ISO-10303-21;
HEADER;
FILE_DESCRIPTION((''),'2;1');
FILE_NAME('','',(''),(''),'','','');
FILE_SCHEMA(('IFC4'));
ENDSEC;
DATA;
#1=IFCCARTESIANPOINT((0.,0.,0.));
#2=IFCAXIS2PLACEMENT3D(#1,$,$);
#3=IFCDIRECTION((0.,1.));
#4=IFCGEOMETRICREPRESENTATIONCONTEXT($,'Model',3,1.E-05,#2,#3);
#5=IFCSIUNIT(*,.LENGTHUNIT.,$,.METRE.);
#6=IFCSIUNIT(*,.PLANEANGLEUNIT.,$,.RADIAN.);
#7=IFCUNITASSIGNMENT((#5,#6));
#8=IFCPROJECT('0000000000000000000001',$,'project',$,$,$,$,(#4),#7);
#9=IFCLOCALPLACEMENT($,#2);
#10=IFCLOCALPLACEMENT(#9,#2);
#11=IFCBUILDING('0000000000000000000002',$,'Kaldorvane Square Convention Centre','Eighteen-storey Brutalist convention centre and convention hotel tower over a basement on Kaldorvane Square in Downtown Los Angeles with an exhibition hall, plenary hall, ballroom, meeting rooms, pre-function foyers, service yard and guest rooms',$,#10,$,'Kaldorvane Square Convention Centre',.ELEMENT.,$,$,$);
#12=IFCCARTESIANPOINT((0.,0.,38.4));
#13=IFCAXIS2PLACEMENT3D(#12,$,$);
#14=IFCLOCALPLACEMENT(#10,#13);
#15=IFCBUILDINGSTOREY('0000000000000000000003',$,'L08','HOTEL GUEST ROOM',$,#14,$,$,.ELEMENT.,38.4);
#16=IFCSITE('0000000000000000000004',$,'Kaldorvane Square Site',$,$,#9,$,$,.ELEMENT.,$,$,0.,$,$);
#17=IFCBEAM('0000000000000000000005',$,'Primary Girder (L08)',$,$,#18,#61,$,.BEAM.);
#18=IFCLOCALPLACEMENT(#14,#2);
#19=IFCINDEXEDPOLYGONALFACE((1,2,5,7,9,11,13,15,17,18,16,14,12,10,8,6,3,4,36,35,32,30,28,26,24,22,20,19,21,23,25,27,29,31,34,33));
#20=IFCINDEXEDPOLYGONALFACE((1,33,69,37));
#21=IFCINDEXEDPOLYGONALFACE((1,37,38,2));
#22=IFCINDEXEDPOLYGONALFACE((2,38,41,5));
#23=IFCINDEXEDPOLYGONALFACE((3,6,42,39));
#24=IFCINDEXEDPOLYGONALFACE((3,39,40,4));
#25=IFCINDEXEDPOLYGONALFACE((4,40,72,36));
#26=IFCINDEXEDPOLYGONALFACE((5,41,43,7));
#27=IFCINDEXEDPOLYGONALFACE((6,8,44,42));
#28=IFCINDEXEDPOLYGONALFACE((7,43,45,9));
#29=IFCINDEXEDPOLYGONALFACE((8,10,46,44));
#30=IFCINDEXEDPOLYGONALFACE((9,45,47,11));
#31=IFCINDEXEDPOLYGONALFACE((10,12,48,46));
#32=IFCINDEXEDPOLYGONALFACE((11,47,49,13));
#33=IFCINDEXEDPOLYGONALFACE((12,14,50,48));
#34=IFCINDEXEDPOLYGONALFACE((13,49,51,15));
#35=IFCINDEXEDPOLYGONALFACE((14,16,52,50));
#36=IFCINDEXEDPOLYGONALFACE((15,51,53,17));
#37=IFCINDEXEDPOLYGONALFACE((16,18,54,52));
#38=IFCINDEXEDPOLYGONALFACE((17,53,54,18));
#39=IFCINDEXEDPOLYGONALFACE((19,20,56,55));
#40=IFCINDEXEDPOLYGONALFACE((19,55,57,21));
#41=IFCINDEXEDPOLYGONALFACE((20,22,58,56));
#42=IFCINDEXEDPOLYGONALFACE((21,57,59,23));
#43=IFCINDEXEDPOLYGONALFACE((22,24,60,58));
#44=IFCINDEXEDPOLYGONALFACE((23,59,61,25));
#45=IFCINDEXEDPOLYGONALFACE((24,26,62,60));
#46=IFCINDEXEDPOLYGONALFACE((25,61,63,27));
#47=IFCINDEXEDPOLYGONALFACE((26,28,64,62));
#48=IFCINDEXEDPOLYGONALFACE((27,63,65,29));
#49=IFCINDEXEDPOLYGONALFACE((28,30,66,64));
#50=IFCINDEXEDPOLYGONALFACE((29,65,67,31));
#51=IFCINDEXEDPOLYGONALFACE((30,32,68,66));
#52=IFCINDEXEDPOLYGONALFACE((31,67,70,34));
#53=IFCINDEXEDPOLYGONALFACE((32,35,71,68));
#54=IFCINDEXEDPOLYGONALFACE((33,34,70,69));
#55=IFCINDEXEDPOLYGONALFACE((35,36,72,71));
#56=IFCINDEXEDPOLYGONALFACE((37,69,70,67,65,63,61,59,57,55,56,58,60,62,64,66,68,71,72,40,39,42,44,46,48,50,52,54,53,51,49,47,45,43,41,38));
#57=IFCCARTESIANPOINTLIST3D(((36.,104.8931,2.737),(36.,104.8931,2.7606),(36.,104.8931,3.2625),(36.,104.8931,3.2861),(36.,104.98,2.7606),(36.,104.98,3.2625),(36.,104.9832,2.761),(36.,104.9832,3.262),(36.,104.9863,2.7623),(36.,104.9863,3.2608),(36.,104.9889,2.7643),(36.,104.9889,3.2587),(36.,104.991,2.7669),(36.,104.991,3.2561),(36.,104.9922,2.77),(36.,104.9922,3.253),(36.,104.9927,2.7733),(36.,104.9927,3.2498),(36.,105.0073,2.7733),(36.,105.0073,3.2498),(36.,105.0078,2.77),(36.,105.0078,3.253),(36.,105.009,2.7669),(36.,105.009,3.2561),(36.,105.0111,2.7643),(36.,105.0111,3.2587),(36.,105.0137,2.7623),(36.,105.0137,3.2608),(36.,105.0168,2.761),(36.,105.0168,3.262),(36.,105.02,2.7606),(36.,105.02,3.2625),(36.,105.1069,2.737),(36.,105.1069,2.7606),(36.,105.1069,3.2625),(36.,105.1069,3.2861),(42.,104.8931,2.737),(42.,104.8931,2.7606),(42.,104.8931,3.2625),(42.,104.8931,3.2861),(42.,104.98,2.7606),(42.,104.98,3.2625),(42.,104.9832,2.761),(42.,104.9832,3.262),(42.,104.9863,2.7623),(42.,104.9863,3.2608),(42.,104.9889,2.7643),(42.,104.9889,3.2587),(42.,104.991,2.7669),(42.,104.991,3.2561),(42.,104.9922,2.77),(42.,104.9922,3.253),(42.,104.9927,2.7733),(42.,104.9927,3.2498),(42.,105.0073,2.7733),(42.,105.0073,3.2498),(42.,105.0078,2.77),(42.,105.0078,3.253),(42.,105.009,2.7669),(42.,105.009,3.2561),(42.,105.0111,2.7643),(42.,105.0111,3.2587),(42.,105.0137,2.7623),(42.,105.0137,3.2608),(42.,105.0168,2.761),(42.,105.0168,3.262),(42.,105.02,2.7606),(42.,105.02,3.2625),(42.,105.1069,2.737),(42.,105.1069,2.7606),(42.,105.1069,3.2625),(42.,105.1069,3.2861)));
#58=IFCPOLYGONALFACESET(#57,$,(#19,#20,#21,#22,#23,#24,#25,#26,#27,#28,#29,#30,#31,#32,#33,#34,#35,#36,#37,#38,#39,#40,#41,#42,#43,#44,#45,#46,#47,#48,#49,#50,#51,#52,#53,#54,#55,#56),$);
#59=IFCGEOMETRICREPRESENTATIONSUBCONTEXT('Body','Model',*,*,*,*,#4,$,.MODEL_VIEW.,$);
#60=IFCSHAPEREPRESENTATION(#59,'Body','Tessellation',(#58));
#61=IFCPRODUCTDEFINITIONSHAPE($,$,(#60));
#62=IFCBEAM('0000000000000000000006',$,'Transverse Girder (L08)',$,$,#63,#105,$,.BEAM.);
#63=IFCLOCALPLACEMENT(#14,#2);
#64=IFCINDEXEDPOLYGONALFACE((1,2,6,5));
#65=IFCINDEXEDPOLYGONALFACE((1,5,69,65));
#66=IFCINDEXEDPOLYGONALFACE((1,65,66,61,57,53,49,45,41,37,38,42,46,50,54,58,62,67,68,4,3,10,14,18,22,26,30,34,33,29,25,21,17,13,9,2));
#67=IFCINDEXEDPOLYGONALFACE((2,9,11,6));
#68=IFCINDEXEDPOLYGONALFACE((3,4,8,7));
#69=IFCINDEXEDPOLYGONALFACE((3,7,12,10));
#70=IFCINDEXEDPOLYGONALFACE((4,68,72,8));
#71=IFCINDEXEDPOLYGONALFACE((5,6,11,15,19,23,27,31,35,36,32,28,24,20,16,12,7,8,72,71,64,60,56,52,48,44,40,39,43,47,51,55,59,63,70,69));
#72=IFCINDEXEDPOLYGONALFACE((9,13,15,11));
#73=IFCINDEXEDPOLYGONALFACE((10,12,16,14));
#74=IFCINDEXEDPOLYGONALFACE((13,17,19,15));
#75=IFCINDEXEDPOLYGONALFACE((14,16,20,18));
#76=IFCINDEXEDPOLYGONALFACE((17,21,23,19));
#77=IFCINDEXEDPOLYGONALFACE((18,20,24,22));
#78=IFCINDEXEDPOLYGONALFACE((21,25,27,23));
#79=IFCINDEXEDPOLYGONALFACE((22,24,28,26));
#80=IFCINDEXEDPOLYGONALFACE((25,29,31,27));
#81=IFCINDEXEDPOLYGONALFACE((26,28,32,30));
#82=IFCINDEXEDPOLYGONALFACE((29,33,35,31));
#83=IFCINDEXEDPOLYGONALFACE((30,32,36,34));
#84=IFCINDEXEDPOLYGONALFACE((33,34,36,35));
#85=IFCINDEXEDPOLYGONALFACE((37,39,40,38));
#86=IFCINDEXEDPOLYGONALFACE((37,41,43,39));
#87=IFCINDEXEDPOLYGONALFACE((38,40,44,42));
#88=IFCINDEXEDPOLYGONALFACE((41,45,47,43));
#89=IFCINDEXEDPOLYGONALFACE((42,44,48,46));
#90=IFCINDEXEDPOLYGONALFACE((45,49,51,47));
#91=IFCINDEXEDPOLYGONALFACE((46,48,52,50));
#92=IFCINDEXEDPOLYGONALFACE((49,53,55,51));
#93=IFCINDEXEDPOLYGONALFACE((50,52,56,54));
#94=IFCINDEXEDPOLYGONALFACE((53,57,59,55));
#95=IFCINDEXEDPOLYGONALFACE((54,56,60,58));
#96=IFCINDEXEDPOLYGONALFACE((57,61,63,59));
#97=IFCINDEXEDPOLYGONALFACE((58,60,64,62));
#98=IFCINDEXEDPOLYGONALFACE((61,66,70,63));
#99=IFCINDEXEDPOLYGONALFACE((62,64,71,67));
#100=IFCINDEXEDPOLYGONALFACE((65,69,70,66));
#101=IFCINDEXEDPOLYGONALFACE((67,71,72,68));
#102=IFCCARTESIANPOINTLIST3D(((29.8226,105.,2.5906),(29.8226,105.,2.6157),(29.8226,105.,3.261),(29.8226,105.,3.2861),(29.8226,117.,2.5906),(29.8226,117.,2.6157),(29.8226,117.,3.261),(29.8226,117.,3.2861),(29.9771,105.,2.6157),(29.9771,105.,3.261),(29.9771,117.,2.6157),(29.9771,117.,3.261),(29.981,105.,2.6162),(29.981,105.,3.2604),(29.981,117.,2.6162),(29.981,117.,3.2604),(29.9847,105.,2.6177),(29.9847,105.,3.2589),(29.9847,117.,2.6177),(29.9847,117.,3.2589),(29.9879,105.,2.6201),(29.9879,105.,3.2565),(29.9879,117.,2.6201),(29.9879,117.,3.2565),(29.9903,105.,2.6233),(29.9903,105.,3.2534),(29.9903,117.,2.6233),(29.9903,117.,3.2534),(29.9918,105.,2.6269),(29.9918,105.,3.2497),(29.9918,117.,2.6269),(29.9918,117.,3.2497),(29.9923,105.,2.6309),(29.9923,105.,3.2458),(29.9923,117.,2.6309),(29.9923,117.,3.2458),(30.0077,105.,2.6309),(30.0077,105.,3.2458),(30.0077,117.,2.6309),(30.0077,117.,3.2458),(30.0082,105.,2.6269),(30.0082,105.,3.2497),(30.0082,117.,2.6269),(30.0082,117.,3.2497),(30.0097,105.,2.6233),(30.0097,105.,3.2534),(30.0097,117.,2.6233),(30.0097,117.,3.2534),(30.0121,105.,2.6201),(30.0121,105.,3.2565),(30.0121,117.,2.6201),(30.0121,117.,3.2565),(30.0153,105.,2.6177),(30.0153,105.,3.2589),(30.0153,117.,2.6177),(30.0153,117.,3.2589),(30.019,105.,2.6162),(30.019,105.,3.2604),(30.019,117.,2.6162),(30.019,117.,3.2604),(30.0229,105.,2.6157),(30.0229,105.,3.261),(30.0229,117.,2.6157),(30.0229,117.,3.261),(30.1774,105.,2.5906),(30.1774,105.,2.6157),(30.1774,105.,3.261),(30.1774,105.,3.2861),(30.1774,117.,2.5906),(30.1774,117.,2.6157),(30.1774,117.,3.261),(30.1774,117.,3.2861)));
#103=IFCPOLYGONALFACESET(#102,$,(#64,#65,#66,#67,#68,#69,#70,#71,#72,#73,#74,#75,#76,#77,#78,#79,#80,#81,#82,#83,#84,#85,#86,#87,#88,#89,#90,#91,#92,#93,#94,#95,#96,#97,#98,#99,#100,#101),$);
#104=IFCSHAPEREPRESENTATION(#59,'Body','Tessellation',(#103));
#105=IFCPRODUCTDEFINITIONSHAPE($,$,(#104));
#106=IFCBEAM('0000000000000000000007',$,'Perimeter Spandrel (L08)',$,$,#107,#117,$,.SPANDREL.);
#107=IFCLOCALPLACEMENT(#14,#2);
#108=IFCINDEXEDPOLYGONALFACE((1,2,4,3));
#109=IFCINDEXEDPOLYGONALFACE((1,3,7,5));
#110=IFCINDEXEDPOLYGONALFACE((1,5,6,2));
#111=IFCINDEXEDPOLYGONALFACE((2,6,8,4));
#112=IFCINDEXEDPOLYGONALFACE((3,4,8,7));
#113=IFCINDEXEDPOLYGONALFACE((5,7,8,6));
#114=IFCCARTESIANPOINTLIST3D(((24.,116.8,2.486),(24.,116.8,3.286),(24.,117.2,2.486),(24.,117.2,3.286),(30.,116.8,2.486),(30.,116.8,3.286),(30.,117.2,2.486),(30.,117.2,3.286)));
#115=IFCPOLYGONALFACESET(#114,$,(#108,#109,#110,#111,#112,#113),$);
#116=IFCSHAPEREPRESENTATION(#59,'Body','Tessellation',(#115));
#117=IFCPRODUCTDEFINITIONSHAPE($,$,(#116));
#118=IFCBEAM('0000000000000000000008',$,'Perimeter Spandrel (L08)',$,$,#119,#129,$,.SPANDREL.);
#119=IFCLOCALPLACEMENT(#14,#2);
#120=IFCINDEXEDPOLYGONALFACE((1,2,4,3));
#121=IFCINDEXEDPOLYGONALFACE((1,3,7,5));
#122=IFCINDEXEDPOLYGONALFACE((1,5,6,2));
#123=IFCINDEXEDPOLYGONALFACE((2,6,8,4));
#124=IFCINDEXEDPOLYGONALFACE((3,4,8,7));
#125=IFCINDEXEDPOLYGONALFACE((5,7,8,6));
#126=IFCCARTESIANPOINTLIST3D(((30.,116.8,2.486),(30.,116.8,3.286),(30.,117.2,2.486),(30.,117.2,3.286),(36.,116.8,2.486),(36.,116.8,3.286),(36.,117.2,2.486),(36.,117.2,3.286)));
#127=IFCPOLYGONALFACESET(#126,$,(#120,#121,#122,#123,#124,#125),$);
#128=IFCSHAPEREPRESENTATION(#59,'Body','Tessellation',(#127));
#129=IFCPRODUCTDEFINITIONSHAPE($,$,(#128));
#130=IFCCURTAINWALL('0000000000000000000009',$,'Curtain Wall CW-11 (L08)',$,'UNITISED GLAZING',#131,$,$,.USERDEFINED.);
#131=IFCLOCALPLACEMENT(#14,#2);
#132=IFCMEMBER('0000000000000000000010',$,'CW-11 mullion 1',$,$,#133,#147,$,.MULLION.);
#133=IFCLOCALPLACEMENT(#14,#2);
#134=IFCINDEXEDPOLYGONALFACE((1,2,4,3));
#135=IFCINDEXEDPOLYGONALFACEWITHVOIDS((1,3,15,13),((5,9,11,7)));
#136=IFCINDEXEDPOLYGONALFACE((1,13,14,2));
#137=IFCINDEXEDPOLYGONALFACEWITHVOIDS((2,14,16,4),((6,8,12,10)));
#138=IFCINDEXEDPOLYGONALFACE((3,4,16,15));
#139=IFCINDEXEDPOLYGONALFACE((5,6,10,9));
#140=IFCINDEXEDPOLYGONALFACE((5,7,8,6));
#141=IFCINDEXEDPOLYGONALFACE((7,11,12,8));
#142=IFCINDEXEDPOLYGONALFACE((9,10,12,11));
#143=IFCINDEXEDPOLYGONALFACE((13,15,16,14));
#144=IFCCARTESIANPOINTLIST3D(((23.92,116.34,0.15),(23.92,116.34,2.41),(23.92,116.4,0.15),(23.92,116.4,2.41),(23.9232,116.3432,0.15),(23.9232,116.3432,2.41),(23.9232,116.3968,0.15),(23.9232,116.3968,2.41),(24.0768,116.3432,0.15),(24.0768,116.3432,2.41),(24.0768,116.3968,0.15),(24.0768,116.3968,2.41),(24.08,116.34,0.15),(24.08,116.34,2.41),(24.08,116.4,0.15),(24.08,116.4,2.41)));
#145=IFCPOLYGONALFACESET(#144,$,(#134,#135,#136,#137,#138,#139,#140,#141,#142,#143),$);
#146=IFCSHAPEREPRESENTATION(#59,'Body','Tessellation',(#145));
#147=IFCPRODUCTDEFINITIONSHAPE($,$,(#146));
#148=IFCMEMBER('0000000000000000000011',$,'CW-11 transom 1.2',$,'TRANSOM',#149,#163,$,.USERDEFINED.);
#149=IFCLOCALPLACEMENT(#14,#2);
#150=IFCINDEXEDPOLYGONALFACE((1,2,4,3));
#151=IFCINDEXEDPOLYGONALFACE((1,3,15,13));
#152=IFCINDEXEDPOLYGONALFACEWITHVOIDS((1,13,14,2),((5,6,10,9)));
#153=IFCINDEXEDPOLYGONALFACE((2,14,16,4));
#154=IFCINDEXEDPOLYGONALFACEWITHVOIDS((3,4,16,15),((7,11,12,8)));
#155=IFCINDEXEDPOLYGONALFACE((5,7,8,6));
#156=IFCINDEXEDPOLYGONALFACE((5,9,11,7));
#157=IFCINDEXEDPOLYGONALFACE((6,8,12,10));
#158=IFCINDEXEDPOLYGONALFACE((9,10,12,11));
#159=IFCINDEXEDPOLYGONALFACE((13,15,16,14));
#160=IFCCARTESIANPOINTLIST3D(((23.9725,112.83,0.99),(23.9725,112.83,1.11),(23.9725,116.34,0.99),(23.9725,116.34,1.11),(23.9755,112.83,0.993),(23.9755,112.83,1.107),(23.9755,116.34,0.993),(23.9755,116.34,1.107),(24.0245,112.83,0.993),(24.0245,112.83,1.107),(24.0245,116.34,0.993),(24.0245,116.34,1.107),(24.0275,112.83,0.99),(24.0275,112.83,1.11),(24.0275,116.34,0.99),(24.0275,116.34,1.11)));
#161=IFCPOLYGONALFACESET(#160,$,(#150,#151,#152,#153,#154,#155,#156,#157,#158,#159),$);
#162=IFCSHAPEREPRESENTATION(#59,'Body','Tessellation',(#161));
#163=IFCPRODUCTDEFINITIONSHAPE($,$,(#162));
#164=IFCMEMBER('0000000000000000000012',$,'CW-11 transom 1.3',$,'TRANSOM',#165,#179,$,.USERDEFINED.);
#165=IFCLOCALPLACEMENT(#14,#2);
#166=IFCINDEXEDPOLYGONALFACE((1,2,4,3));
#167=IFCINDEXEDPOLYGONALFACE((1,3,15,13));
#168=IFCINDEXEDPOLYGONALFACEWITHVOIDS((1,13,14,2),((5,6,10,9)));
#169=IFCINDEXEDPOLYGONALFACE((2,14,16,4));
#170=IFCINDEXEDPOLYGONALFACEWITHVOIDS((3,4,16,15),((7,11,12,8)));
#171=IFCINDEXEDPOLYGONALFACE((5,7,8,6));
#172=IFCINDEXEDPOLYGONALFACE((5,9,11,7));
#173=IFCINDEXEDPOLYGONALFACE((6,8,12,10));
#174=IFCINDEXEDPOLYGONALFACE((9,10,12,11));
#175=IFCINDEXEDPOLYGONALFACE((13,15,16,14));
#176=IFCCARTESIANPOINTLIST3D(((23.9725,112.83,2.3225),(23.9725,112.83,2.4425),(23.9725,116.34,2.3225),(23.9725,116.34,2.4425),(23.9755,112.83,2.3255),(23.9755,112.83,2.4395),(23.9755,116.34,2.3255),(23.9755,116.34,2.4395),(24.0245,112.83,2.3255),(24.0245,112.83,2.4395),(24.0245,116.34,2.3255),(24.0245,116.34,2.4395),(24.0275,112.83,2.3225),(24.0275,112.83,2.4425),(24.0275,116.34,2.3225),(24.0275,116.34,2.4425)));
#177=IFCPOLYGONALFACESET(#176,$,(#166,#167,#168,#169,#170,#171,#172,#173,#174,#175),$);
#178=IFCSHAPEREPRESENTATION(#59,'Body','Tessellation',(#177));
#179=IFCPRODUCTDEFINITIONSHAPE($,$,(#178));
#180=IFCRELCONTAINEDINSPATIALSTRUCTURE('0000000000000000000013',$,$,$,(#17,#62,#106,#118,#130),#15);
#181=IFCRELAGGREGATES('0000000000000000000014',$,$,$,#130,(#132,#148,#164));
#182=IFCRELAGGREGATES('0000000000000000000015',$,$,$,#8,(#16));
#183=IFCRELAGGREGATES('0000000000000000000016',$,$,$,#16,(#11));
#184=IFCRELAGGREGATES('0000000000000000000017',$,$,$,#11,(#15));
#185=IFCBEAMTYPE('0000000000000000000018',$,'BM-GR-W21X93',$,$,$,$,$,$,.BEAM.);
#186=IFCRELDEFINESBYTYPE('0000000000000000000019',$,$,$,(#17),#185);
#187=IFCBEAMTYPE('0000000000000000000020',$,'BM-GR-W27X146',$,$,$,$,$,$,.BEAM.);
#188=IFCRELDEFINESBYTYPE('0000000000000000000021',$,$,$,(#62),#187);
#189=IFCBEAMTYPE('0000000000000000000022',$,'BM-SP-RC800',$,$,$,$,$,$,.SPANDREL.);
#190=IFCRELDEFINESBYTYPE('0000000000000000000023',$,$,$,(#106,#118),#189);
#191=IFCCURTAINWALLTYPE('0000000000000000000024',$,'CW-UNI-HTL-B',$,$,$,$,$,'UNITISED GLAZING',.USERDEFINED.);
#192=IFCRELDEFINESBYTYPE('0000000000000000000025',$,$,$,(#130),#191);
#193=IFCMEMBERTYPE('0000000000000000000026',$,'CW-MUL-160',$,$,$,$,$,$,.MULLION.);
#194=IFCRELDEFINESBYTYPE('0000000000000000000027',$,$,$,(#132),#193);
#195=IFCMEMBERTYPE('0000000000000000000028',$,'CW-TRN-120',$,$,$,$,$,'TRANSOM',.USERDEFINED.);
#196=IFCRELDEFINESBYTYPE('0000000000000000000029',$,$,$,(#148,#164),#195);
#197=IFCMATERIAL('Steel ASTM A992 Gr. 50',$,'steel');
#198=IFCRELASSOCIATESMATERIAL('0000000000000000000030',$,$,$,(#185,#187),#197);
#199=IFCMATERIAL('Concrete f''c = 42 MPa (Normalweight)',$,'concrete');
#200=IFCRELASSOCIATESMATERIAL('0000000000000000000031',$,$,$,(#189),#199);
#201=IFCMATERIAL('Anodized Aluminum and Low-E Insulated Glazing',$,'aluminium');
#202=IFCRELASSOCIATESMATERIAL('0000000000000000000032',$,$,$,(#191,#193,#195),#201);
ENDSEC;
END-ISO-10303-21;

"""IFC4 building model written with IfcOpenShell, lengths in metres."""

from ifc_helpers import new_model, si_unit, direction, frame, origin, origin_2d, place, context, subcontext, project, spatial, rectangle, hollow_rectangle, i_section, extrude, material, material_profile, profile_set, type_object, element, aggregate, save


model = new_model("IFC4")

# Units and contexts
model_context = context("Model", 3, precision=1e-05, world=origin(), true_north=direction((0.0, 1.0)))
body_context = subcontext(model_context, "Body", "Model", "MODEL_VIEW")
ifc_project = project(units=[si_unit("LENGTHUNIT", "METRE"), si_unit("PLANEANGLEUNIT", "RADIAN")], contexts=[model_context])

# Site, building, storey
site_placement = place(None, origin())
site = spatial("IfcSite", under=ifc_project, at=site_placement, Name="Kaldorvane Square Site", CompositionType="ELEMENT", RefElevation=0.0)
building_placement = place(site_placement, origin())
building = spatial("IfcBuilding", under=site, at=building_placement, Name="Kaldorvane Square Convention Centre", Description="Eighteen-storey Brutalist convention centre and convention hotel tower over a basement on Kaldorvane Square in Downtown Los Angeles with an exhibition hall, plenary hall, ballroom, meeting rooms, pre-function foyers, service yard and guest rooms", LongName="Kaldorvane Square Convention Centre", CompositionType="ELEMENT")
storey_placement = place(building_placement, frame((0.0, 0.0, 38.4)))
storey = spatial("IfcBuildingStorey", under=building, at=storey_placement, Name="L08", Description="HOTEL GUEST ROOM", CompositionType="ELEMENT", Elevation=38.4)

# Shared definitions
ifc_material_1 = material(Name="Concrete f'c = 42 MPa (Normalweight)", Category="concrete")
ifc_material_2 = material(Name="Steel ASTM A992 Gr. 50", Category="steel")

# Beams
ifc_material_profile_1 = material_profile(ifc_material_2, i_section(OverallWidth=0.2139, OverallDepth=0.5491, WebThickness=0.0147, FlangeThickness=0.0236, FilletRadius=0.0127, at=origin_2d()), Name="W21X93")
ifc_profile_set_1 = profile_set([ifc_material_profile_1], Name="Steel ASTM A992 Gr. 50")
beam_type_1 = type_object("IfcBeamType", Name="BM-GR-W21X93", PredefinedType="BEAM", material=ifc_profile_set_1)
for number, where, z_axis, x_axis, name in (
    (1, (36.0, 105.0, 3.0115), (1.0, 0.0, 0.0), (0.0, 1.0, 0.0), "Primary Girder (L08)"),
):
    element("IfcBeam", number, at=place(storey_placement, frame(where, z_axis=z_axis, x_axis=x_axis)), inside=storey, type_object=beam_type_1, Name=name, PredefinedType="BEAM", context=body_context, shape_type="SweptSolid", body=[
        extrude(i_section(OverallWidth=0.2139, OverallDepth=0.5491, WebThickness=0.0147, FlangeThickness=0.0236, FilletRadius=0.0127, at=origin_2d()), origin(), (0.0, 0.0, 1.0), 6.0),
    ])
ifc_material_profile_2 = material_profile(ifc_material_2, i_section(OverallWidth=0.3547, OverallDepth=0.6955, WebThickness=0.0154, FlangeThickness=0.0251, FilletRadius=0.0152, at=origin_2d()), Name="W27X146")
ifc_profile_set_2 = profile_set([ifc_material_profile_2], Name="Steel ASTM A992 Gr. 50")
beam_type_2 = type_object("IfcBeamType", Name="BM-GR-W27X146", PredefinedType="BEAM", material=ifc_profile_set_2)
beam_placement = place(storey_placement, frame((30.0, 105.0, 2.9383), z_axis=(0.0, 1.0, 0.0), x_axis=(-1.0, 0.0, 0.0)))
element("IfcBeam", 2, at=beam_placement, inside=storey, type_object=beam_type_2, Name="Transverse Girder (L08)", PredefinedType="BEAM", context=body_context, shape_type="SweptSolid", body=[
    extrude(i_section(OverallWidth=0.3547, OverallDepth=0.6955, WebThickness=0.0154, FlangeThickness=0.0251, FilletRadius=0.0152, at=origin_2d()), origin(), (0.0, 0.0, 1.0), 12.0),
])
ifc_material_profile_3 = material_profile(ifc_material_1, rectangle(XDim=0.4, YDim=0.8, at=origin_2d()), Name="RCSP800X400")
ifc_profile_set_3 = profile_set([ifc_material_profile_3], Name="Concrete f'c = 42 MPa (Normalweight)")
beam_type_3 = type_object("IfcBeamType", Name="BM-SP-RC800", PredefinedType="SPANDREL", material=ifc_profile_set_3)
for number, where, z_axis, x_axis, name in (
    (3, (24.0, 117.0, 2.886), (1.0, 0.0, 0.0), (0.0, 1.0, 0.0), "Perimeter Spandrel (L08)"),
    (4, (30.0, 117.0, 2.886), (1.0, 0.0, 0.0), (0.0, 1.0, 0.0), "Perimeter Spandrel (L08)"),
):
    element("IfcBeam", number, at=place(storey_placement, frame(where, z_axis=z_axis, x_axis=x_axis)), inside=storey, type_object=beam_type_3, Name=name, PredefinedType="SPANDREL", context=body_context, shape_type="SweptSolid", body=[
        extrude(rectangle(XDim=0.4, YDim=0.8, at=origin_2d()), origin(), (0.0, 0.0, 1.0), 6.0),
    ])

# Curtain wall, members
ifc_material_3 = material(Name="Anodized Aluminum and Low-E Insulated Glazing", Category="aluminium")
curtain_wall_type = type_object("IfcCurtainWallType", Name="CW-UNI-HTL-B", ElementType="UNITISED GLAZING", PredefinedType="USERDEFINED", material=ifc_material_3)
curtain_wall_placement = place(storey_placement, origin())
curtain_wall = element("IfcCurtainWall", 5, at=curtain_wall_placement, inside=storey, type_object=curtain_wall_type, Name="Curtain Wall CW-11 (L08)", ObjectType="UNITISED GLAZING", PredefinedType="USERDEFINED")
ifc_material_profile_4 = material_profile(ifc_material_3, hollow_rectangle(XDim=0.06, YDim=0.16, WallThickness=0.0032, at=origin_2d()), Name="CWM-160X60")
ifc_profile_set_4 = profile_set([ifc_material_profile_4], Name="Anodized Aluminum and Low-E Insulated Glazing")
member_type_1 = type_object("IfcMemberType", Name="CW-MUL-160", PredefinedType="MULLION", material=ifc_profile_set_4)
member_1_placement = place(storey_placement, frame((24.0, 116.37, 0.15), z_axis=(0.0, 0.0, 1.0), x_axis=(0.0, -1.0, 0.0)))
member_1 = element("IfcMember", 6, at=member_1_placement, type_object=member_type_1, Name="CW-11 mullion 1", PredefinedType="MULLION", context=body_context, shape_type="SweptSolid", body=[
    extrude(hollow_rectangle(XDim=0.06, YDim=0.16, WallThickness=0.0032, at=origin_2d()), origin(), (0.0, 0.0, 1.0), 2.26),
])
ifc_material_profile_5 = material_profile(ifc_material_3, hollow_rectangle(XDim=0.055, YDim=0.12, WallThickness=0.003, at=origin_2d()), Name="CWT-120X55")
ifc_profile_set_5 = profile_set([ifc_material_profile_5], Name="Anodized Aluminum and Low-E Insulated Glazing")
member_type_2 = type_object("IfcMemberType", Name="CW-TRN-120", ElementType="TRANSOM", PredefinedType="USERDEFINED", material=ifc_profile_set_5)
member_2_placement = place(storey_placement, frame((24.0, 116.34, 1.05), z_axis=(0.0, -1.0, 0.0), x_axis=(1.0, 0.0, 0.0)))
member_2 = element("IfcMember", 7, at=member_2_placement, type_object=member_type_2, Name="CW-11 transom 1.2", ObjectType="TRANSOM", PredefinedType="USERDEFINED", context=body_context, shape_type="SweptSolid", body=[
    extrude(hollow_rectangle(XDim=0.055, YDim=0.12, WallThickness=0.003, at=origin_2d()), origin(), (0.0, 0.0, 1.0), 3.51),
])
member_3_placement = place(storey_placement, frame((24.0, 116.34, 2.3825), z_axis=(0.0, -1.0, 0.0), x_axis=(1.0, 0.0, 0.0)))
member_3 = element("IfcMember", 8, at=member_3_placement, type_object=member_type_2, Name="CW-11 transom 1.3", ObjectType="TRANSOM", PredefinedType="USERDEFINED", context=body_context, shape_type="SweptSolid", body=[
    extrude(hollow_rectangle(XDim=0.055, YDim=0.12, WallThickness=0.003, at=origin_2d()), origin(), (0.0, 0.0, 1.0), 3.51),
])
aggregate(curtain_wall, [member_1, member_2, member_3])

save(model, "model.ifc")
